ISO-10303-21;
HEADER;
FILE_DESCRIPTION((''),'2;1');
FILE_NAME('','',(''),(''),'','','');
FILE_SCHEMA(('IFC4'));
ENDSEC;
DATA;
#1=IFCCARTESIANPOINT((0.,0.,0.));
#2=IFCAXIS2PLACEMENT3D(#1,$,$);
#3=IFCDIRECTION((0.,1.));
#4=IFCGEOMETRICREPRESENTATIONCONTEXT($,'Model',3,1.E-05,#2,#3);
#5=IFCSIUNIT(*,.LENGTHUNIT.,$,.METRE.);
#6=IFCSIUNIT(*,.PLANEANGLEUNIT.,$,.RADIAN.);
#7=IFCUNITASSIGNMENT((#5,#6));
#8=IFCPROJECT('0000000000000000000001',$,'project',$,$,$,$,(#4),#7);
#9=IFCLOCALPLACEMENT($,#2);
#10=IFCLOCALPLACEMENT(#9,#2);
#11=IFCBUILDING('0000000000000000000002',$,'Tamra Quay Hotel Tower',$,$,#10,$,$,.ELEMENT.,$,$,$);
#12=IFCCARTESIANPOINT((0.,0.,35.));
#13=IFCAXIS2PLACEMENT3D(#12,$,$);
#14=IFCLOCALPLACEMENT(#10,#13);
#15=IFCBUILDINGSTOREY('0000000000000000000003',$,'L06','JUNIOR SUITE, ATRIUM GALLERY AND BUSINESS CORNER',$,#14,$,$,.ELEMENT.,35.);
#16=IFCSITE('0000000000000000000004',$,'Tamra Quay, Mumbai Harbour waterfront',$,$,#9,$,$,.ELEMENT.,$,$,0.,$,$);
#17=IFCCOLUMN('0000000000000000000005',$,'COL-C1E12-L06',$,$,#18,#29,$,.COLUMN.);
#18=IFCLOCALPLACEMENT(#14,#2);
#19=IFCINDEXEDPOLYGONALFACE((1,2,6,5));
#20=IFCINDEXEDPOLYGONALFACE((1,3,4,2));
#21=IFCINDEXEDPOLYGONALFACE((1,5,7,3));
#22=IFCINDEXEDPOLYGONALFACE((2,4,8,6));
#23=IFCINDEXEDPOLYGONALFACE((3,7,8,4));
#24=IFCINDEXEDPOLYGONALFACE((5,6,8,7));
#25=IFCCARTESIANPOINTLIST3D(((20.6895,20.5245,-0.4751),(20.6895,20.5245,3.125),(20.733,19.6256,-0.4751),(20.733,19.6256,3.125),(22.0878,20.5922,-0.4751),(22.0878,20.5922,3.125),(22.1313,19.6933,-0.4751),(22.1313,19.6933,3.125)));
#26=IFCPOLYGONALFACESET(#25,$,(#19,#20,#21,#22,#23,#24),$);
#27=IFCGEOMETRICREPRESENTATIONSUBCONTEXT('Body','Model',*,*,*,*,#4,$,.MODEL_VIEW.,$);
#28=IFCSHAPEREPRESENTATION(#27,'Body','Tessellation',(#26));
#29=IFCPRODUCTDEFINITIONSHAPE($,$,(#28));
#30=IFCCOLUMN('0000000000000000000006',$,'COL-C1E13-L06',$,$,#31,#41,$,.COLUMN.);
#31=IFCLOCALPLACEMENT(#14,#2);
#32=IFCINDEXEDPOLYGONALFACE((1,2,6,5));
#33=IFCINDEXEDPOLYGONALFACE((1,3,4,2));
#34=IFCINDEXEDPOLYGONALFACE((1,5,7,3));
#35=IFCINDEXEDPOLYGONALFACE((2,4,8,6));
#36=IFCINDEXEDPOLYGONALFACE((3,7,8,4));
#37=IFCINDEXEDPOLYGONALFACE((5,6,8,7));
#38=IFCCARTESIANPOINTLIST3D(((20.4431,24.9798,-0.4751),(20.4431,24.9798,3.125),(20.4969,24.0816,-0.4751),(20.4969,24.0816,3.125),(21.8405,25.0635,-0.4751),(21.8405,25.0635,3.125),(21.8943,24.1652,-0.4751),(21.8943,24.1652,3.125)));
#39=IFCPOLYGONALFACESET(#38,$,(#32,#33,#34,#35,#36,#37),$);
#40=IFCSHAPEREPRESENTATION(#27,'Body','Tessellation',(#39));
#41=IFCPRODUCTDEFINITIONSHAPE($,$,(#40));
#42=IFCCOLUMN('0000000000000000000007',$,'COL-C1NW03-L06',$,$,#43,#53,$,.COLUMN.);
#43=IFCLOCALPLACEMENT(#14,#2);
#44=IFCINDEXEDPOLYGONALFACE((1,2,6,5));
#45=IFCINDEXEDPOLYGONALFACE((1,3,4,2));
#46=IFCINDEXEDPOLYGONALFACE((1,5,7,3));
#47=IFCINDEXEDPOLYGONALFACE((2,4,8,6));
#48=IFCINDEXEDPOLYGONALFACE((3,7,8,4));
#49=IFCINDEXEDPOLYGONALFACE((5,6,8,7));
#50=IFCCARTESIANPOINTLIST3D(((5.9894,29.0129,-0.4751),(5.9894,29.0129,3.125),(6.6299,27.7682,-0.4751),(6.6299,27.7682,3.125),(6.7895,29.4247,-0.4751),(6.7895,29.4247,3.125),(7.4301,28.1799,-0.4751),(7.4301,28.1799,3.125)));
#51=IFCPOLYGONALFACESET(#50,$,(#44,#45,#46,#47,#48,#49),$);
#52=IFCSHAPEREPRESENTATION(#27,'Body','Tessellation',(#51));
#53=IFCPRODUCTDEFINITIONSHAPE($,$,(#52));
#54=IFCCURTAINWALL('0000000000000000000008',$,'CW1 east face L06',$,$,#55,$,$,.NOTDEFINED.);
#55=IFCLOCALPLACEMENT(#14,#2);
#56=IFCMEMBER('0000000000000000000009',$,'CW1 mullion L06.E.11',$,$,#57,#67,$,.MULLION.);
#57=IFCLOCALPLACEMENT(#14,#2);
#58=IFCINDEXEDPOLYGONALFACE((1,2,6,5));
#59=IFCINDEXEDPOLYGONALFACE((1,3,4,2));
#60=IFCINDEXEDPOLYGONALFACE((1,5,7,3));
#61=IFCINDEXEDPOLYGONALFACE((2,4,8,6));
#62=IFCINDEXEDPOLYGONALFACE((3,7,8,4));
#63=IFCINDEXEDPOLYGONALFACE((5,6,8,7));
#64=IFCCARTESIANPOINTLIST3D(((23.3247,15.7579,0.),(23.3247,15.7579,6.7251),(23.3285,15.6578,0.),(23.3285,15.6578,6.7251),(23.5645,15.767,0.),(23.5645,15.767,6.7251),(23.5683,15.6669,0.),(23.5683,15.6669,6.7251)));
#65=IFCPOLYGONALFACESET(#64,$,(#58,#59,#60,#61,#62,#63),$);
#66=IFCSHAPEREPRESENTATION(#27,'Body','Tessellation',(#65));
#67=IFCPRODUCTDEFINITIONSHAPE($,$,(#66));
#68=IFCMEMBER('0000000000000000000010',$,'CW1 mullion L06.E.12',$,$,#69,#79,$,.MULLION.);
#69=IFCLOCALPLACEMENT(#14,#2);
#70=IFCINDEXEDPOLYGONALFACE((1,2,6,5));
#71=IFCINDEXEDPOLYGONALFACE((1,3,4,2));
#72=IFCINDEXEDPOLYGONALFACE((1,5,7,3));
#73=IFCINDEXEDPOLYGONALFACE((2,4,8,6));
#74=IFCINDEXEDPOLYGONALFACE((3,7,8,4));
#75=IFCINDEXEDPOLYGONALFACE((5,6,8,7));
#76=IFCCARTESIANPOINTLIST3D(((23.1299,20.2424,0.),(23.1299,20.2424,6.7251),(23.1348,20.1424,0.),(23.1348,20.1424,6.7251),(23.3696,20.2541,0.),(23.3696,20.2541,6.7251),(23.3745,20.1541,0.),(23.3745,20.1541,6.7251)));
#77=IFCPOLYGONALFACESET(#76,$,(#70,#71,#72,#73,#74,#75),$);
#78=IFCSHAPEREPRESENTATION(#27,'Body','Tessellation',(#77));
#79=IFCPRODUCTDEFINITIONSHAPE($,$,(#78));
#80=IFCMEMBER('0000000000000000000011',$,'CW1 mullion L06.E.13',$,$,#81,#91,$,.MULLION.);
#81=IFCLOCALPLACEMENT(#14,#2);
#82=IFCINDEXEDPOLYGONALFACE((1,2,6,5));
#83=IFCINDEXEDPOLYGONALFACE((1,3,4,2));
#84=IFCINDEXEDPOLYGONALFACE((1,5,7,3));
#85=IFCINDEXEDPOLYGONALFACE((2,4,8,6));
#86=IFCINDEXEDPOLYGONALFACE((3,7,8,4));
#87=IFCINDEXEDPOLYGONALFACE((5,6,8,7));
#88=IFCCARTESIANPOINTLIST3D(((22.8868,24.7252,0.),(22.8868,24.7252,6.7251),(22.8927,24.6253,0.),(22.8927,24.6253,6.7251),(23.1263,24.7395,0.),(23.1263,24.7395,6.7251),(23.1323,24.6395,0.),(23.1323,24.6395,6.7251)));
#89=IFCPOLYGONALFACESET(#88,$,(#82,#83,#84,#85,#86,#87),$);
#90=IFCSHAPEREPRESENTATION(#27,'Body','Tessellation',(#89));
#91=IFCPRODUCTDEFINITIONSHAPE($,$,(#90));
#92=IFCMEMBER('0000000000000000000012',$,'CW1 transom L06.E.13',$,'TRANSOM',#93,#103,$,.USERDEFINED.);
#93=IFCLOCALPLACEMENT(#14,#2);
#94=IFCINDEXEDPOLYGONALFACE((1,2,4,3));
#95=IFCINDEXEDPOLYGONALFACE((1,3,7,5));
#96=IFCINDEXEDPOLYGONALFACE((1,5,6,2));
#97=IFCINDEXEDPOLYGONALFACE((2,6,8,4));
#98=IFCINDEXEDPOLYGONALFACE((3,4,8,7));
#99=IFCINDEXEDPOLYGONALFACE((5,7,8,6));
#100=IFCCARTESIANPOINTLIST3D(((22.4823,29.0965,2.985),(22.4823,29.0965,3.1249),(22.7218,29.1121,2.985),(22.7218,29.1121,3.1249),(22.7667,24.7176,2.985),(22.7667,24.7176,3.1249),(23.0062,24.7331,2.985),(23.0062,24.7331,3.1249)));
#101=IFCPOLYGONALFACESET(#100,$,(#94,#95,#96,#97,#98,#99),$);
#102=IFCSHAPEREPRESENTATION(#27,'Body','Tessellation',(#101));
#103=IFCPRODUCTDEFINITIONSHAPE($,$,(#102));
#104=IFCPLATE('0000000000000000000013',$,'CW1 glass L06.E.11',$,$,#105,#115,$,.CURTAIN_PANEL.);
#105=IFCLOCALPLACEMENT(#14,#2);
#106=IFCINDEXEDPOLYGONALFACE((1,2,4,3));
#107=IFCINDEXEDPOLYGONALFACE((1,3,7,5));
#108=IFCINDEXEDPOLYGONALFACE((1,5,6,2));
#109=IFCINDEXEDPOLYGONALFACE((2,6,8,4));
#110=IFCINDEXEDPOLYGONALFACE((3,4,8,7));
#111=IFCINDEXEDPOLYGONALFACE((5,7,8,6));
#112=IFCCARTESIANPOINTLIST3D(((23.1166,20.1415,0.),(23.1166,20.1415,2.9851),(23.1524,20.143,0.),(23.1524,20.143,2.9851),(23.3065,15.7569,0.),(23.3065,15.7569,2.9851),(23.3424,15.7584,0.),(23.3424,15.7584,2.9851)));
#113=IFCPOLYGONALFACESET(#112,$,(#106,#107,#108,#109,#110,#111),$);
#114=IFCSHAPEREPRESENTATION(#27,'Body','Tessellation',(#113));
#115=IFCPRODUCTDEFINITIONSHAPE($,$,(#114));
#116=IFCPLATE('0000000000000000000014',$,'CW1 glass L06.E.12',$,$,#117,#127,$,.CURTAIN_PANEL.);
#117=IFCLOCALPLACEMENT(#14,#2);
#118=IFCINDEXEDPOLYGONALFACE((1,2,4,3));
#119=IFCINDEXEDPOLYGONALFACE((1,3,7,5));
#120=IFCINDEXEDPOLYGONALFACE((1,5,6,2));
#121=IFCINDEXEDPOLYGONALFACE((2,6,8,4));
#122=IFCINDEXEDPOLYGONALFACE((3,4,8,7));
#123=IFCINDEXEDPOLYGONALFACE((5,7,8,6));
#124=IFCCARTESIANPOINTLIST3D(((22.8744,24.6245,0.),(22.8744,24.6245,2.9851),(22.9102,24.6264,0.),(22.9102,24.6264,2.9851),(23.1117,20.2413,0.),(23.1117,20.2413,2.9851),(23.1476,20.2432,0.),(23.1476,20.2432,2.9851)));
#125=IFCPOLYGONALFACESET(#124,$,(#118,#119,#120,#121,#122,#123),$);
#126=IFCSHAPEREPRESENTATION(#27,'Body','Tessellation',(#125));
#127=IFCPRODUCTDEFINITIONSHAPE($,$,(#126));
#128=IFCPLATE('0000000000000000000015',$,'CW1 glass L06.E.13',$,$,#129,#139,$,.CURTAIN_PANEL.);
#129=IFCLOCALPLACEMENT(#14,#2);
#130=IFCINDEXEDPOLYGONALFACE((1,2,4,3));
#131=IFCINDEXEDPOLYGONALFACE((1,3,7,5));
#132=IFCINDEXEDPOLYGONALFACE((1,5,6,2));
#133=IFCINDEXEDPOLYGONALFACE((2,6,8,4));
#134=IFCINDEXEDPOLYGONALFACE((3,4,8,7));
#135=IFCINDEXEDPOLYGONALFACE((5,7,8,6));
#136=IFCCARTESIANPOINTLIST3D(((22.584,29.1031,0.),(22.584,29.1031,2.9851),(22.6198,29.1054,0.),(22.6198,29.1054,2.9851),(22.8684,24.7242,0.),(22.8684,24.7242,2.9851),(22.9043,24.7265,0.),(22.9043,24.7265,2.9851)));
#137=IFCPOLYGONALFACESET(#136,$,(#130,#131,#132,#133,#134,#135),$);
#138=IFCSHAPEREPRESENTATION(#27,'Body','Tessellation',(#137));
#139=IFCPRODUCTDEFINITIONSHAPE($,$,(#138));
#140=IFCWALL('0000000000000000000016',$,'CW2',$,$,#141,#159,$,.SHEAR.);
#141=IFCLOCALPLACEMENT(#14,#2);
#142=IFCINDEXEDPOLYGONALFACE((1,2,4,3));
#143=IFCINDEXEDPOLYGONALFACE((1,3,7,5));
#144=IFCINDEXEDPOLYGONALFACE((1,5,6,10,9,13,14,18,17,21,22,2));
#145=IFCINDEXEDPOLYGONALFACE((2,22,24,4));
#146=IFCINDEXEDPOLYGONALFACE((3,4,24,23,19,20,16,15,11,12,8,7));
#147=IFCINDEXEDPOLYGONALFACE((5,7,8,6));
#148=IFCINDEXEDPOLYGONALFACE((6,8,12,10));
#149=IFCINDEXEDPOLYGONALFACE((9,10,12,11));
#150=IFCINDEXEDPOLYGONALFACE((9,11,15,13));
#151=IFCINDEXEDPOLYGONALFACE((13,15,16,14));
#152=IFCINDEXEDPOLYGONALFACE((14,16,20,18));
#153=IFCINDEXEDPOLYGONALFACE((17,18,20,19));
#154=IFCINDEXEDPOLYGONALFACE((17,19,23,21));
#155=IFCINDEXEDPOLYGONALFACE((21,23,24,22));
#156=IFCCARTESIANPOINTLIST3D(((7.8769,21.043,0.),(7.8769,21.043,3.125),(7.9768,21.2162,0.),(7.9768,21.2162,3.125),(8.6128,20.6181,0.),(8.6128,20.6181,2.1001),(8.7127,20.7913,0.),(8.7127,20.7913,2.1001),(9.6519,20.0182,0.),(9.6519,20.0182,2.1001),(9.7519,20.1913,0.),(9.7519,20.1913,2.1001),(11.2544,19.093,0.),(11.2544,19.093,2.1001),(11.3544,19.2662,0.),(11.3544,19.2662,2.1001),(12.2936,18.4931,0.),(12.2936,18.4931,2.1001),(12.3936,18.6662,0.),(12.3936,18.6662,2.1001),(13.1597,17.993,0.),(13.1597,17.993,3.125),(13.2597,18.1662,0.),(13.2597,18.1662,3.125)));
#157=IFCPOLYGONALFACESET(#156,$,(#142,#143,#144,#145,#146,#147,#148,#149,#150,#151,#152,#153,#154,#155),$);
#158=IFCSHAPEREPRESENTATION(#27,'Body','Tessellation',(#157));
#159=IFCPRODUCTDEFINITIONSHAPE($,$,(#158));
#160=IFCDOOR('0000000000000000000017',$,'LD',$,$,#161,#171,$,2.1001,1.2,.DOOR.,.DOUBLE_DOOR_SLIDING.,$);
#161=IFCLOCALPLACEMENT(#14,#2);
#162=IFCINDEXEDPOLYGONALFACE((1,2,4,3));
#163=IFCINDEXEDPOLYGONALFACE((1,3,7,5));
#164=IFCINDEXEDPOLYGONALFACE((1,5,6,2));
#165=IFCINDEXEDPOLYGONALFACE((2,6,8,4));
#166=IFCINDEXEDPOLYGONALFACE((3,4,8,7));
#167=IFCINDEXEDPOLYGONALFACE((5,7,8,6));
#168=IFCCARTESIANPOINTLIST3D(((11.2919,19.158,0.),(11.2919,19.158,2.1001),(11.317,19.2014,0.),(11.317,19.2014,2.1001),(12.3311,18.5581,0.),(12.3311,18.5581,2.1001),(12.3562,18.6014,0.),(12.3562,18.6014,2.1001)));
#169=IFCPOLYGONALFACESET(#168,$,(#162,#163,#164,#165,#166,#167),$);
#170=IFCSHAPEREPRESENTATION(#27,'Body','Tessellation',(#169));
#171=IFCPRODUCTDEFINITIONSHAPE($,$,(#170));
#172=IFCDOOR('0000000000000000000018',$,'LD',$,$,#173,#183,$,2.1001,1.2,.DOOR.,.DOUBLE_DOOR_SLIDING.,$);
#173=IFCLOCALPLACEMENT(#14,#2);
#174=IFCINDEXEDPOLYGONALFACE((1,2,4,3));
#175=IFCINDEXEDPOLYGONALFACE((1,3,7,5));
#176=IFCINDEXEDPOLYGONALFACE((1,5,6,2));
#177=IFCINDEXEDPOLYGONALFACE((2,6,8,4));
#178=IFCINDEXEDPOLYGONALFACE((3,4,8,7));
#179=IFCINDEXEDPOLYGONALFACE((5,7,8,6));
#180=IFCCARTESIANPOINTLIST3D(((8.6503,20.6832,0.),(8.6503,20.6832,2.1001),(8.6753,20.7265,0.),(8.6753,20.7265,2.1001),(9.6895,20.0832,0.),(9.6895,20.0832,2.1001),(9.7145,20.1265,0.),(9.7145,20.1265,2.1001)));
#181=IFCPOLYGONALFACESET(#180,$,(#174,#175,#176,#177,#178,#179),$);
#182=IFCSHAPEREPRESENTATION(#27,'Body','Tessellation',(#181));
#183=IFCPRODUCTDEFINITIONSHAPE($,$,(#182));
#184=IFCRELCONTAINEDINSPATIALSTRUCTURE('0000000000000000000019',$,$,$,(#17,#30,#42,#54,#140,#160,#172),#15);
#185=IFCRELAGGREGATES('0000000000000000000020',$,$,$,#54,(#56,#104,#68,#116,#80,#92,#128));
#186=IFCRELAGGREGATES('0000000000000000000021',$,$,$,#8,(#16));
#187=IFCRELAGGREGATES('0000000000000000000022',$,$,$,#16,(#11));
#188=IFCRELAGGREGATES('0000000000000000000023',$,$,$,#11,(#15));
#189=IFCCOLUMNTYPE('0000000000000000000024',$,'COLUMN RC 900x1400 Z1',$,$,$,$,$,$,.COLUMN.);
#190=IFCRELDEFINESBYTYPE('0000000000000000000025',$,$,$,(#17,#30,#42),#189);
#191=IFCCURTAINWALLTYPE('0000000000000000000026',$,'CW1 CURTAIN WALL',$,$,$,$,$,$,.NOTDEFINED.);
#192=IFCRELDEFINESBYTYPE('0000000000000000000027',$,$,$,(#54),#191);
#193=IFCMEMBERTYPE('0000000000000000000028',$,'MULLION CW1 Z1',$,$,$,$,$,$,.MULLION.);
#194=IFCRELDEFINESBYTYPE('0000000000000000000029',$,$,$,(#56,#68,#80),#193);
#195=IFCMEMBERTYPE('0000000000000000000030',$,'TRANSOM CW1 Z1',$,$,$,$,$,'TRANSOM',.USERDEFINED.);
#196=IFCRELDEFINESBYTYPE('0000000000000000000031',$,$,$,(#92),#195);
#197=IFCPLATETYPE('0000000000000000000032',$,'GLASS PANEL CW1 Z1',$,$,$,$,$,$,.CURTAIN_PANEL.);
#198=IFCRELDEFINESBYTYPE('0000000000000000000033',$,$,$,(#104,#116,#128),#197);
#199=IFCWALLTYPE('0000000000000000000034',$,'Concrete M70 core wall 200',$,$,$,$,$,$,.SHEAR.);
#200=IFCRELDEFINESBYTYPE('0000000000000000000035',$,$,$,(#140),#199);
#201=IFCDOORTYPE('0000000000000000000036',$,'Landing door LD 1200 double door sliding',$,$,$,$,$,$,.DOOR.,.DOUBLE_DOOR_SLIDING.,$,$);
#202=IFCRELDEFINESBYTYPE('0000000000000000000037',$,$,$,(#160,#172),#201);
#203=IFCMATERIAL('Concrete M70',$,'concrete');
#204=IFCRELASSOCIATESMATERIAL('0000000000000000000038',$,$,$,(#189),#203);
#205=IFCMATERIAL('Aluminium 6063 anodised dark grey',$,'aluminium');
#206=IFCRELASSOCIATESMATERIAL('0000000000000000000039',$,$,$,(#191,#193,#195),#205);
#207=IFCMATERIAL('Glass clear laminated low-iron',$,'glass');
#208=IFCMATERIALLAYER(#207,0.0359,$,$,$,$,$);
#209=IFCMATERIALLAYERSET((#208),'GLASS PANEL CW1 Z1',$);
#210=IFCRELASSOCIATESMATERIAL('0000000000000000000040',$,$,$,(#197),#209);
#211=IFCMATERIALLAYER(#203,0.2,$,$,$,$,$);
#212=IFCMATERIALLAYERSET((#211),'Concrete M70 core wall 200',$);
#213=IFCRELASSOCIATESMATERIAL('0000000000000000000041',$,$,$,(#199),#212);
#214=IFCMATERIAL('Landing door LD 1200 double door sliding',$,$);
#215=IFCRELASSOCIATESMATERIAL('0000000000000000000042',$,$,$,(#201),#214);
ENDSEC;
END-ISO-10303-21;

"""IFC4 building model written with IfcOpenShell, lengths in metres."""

from ifc_helpers import new_model, si_unit, direction, frame, frame_2d, origin, origin_2d, place, context, subcontext, project, spatial, rectangle, extrude, material, layer, layer_set, material_profile, profile_set, type_object, element, fill, aggregate, save


model = new_model("IFC4")

# Units and contexts
model_context = context("Model", 3, precision=1e-05, world=origin(), true_north=direction((0.0, 1.0)))
body_context = subcontext(model_context, "Body", "Model", "MODEL_VIEW")
ifc_project = project(units=[si_unit("LENGTHUNIT", "METRE"), si_unit("PLANEANGLEUNIT", "RADIAN")], contexts=[model_context])

# Site, building, storey
site_placement = place(None, origin())
site = spatial("IfcSite", under=ifc_project, at=site_placement, Name="Tamra Quay, Mumbai Harbour waterfront", CompositionType="ELEMENT", RefElevation=0.0)
building_placement = place(site_placement, origin())
building = spatial("IfcBuilding", under=site, at=building_placement, Name="Tamra Quay Hotel Tower", CompositionType="ELEMENT")
storey_placement = place(building_placement, frame((0.0, 0.0, 35.0)))
storey = spatial("IfcBuildingStorey", under=building, at=storey_placement, Name="L06", Description="JUNIOR SUITE, ATRIUM GALLERY AND BUSINESS CORNER", CompositionType="ELEMENT", Elevation=35.0)

# Columns
ifc_material_1 = material(Name="Concrete M70", Category="concrete")
ifc_material_profile_1 = material_profile(ifc_material_1, rectangle(XDim=1.3999, YDim=0.8999, at=origin_2d()), Name="COLUMN RC 900x1400 Z1")
ifc_profile_set_1 = profile_set([ifc_material_profile_1], Name="Concrete M70")
column_type = type_object("IfcColumnType", Name="COLUMN RC 900x1400 Z1", PredefinedType="COLUMN", material=ifc_profile_set_1)
for number, where, z_axis, x_axis, name in (
    (1, (21.4104, 20.1089, -0.4751), (0.0, 0.0, 1.0), (0.998831, 0.048344, 0.0), "COL-C1E12-L06"),
    (2, (21.1687, 24.5725, -0.4751), (0.0, 0.0, 1.0), (0.998214, 0.059733, 0.0), "COL-C1E13-L06"),
    (3, (6.7097, 28.5964, -0.4751), (0.0, 0.0, 1.0), (-0.457548, 0.889185, 0.0), "COL-C1NW03-L06"),
):
    element("IfcColumn", number, at=place(storey_placement, frame(where, z_axis=z_axis, x_axis=x_axis)), inside=storey, type_object=column_type, Name=name, PredefinedType="COLUMN", context=body_context, shape_type="SweptSolid", body=[
        extrude(rectangle(XDim=1.3999, YDim=0.8999, at=origin_2d()), origin(), (0.0, 0.0, 1.0), 3.6001),
    ])

# Curtain wall, members, plates
ifc_material_2 = material(Name="Aluminium 6063 anodised dark grey", Category="aluminium")
curtain_wall_type = type_object("IfcCurtainWallType", Name="CW1 CURTAIN WALL", PredefinedType="NOTDEFINED", material=ifc_material_2)
curtain_wall_placement = place(storey_placement, origin())
curtain_wall = element("IfcCurtainWall", 4, at=curtain_wall_placement, inside=storey, type_object=curtain_wall_type, Name="CW1 east face L06", PredefinedType="NOTDEFINED")
ifc_material_profile_2 = material_profile(ifc_material_2, rectangle(XDim=0.24, YDim=0.1001, at=origin_2d()), Name="MULLION 100X240")
ifc_profile_set_2 = profile_set([ifc_material_profile_2], Name="Aluminium 6063 anodised dark grey")
member_type_1 = type_object("IfcMemberType", Name="MULLION CW1 Z1", PredefinedType="MULLION", material=ifc_profile_set_2)
member_1_placement = place(storey_placement, frame((23.4465, 15.7124, 0.0), z_axis=(0.0, 0.0, 1.0), x_axis=(0.999282, 0.037881, 0.0)))
member_1 = element("IfcMember", 5, at=member_1_placement, type_object=member_type_1, Name="CW1 mullion L06.E.11", PredefinedType="MULLION", context=body_context, shape_type="SweptSolid", body=[
    extrude(rectangle(XDim=0.24, YDim=0.1001, at=origin_2d()), origin(), (0.0, 0.0, 1.0), 6.7251),
])
member_2_placement = place(storey_placement, frame((23.2522, 20.1982, 0.0), z_axis=(0.0, 0.0, 1.0), x_axis=(0.998815, 0.048675, 0.0)))
member_2 = element("IfcMember", 6, at=member_2_placement, type_object=member_type_1, Name="CW1 mullion L06.E.12", PredefinedType="MULLION", context=body_context, shape_type="SweptSolid", body=[
    extrude(rectangle(XDim=0.24, YDim=0.1001, at=origin_2d()), origin(), (0.0, 0.0, 1.0), 6.7251),
])
member_3_placement = place(storey_placement, frame((23.0095, 24.6824, 0.0), z_axis=(0.0, 0.0, 1.0), x_axis=(0.998232, 0.059439, 0.0)))
member_3 = element("IfcMember", 7, at=member_3_placement, type_object=member_type_1, Name="CW1 mullion L06.E.13", PredefinedType="MULLION", context=body_context, shape_type="SweptSolid", body=[
    extrude(rectangle(XDim=0.24, YDim=0.1001, at=origin_2d()), origin(), (0.0, 0.0, 1.0), 6.7251),
])
ifc_material_profile_3 = material_profile(ifc_material_2, rectangle(XDim=0.24, YDim=0.1399, at=origin_2d()), Name="TRANSOM 240X140")
ifc_profile_set_3 = profile_set([ifc_material_profile_3], Name="Aluminium 6063 anodised dark grey")
member_type_2 = type_object("IfcMemberType", Name="TRANSOM CW1 Z1", ElementType="TRANSOM", PredefinedType="USERDEFINED", material=ifc_profile_set_3)
member_4_placement = place(storey_placement, frame((22.8865, 24.7253, 3.0549), z_axis=(-0.064817, 0.997897, 0.0), x_axis=(-0.997897, -0.064817, 0.0)))
member_4 = element("IfcMember", 8, at=member_4_placement, type_object=member_type_2, Name="CW1 transom L06.E.13", ObjectType="TRANSOM", PredefinedType="USERDEFINED", context=body_context, shape_type="SweptSolid", body=[
    extrude(rectangle(XDim=0.24, YDim=0.1399, at=origin_2d()), origin(), (0.0, 0.0, 1.0), 4.3882),
])
ifc_material_3 = material(Name="Glass clear laminated low-iron", Category="glass")
ifc_layer_1 = layer(ifc_material_3, 0.0359)
ifc_layer_set_1 = layer_set([ifc_layer_1], Name="GLASS PANEL CW1 Z1")
plate_type = type_object("IfcPlateType", Name="GLASS PANEL CW1 Z1", PredefinedType="CURTAIN_PANEL", material=ifc_layer_set_1)
plate_1_placement = place(storey_placement, frame((23.2295, 17.95, 0.0), z_axis=(0.0, 0.0, 1.0), x_axis=(-0.043286, 0.999063, 0.0)))
plate_1 = element("IfcPlate", 9, at=plate_1_placement, type_object=plate_type, Name="CW1 glass L06.E.11", PredefinedType="CURTAIN_PANEL", context=body_context, shape_type="SweptSolid", body=[
    extrude(rectangle(XDim=4.3887, YDim=0.0359, at=origin_2d()), origin(), (0.0, 0.0, 1.0), 2.9851),
])
plate_2_placement = place(storey_placement, frame((23.011, 22.4338, 0.0), z_axis=(0.0, 0.0, 1.0), x_axis=(-0.054062, 0.998538, 0.0)))
plate_2 = element("IfcPlate", 10, at=plate_2_placement, type_object=plate_type, Name="CW1 glass L06.E.12", PredefinedType="CURTAIN_PANEL", context=body_context, shape_type="SweptSolid", body=[
    extrude(rectangle(XDim=4.3896, YDim=0.0359, at=origin_2d()), origin(), (0.0, 0.0, 1.0), 2.9851),
])
plate_3_placement = place(storey_placement, frame((22.7441, 26.9148, 0.0), z_axis=(0.0, 0.0, 1.0), x_axis=(-0.064813, 0.997897, 0.0)))
plate_3 = element("IfcPlate", 11, at=plate_3_placement, type_object=plate_type, Name="CW1 glass L06.E.13", PredefinedType="CURTAIN_PANEL", context=body_context, shape_type="SweptSolid", body=[
    extrude(rectangle(XDim=4.3882, YDim=0.0359, at=origin_2d()), origin(), (0.0, 0.0, 1.0), 2.9851),
])
aggregate(curtain_wall, [member_1, plate_1, member_2, plate_2, member_3, member_4, plate_3])

# Wall, openings, doors
ifc_layer_2 = layer(ifc_material_1, 0.2)
ifc_layer_set_2 = layer_set([ifc_layer_2], Name="Concrete M70 core wall 200")
wall_type_1 = type_object("IfcWallType", Name="Concrete M70 core wall 200", PredefinedType="SHEAR", material=ifc_layer_set_2)
wall_1_placement = place(storey_placement, frame((13.2097, 18.0796, 0.0), z_axis=(0.0, 0.0, 1.0), x_axis=(-0.86603, 0.499992, 0.0)))
wall_1 = element("IfcWall", 12, at=wall_1_placement, inside=storey, type_object=wall_type_1, Name="CW2", PredefinedType="SHEAR", context=body_context, shape_type="SweptSolid", body=[
    extrude(rectangle(XDim=6.1001, YDim=0.2, at=frame_2d((3.05, 0.0))), origin(), (0.0, 0.0, 1.0), 3.125),
])
opening_1_placement = place(wall_1_placement, frame((1.0, 0.0, 0.0)))
opening_1 = element("IfcOpeningElement", 13, at=opening_1_placement, cuts=wall_1, PredefinedType="OPENING", context=body_context, shape_type="SweptSolid", body=[
    extrude(rectangle(XDim=1.2, YDim=2.1001, at=frame_2d((0.6001, 1.05))), frame((0.0, 0.1099, 0.0), z_axis=(0.0, -1.0, 0.0), x_axis=(1.0, 0.0, 0.0)), (0.0, 0.0, 1.0), 0.22),
])
opening_2_placement = place(wall_1_placement, frame((4.0503, 0.0, 0.0)))
opening_2 = element("IfcOpeningElement", 14, at=opening_2_placement, cuts=wall_1, PredefinedType="OPENING", context=body_context, shape_type="SweptSolid", body=[
    extrude(rectangle(XDim=1.2, YDim=2.1001, at=frame_2d((0.6001, 1.05))), frame((0.0, 0.1099, 0.0), z_axis=(0.0, -1.0, 0.0), x_axis=(1.0, 0.0, 0.0)), (0.0, 0.0, 1.0), 0.22),
])
ifc_material_4 = material(Name="Landing door LD 1200 double door sliding")
door_type_1 = type_object("IfcDoorType", Name="Landing door LD 1200 double door sliding", OperationType="DOUBLE_DOOR_SLIDING", PredefinedType="DOOR", material=ifc_material_4)
door_1_placement = place(opening_1_placement, origin())
door_1 = element("IfcDoor", 15, at=door_1_placement, inside=storey, type_object=door_type_1, Name="LD", OperationType="DOUBLE_DOOR_SLIDING", OverallHeight=2.1001, OverallWidth=1.2, PredefinedType="DOOR", context=body_context, shape_type="SweptSolid", body=[
    extrude(rectangle(XDim=1.2, YDim=2.1001, at=frame_2d((0.6001, 1.05))), frame((0.0, 0.0249, 0.0), z_axis=(0.0, -1.0, 0.0), x_axis=(1.0, 0.0, 0.0)), (0.0, 0.0, 1.0), 0.05),
])
fill(opening_1, door_1)
door_2_placement = place(opening_2_placement, origin())
door_2 = element("IfcDoor", 16, at=door_2_placement, inside=storey, type_object=door_type_1, Name="LD", OperationType="DOUBLE_DOOR_SLIDING", OverallHeight=2.1001, OverallWidth=1.2, PredefinedType="DOOR", context=body_context, shape_type="SweptSolid", body=[
    extrude(rectangle(XDim=1.2, YDim=2.1001, at=frame_2d((0.6001, 1.05))), frame((0.0, 0.0249, 0.0), z_axis=(0.0, -1.0, 0.0), x_axis=(1.0, 0.0, 0.0)), (0.0, 0.0, 1.0), 0.05),
])
fill(opening_2, door_2)

save(model, "model.ifc")
